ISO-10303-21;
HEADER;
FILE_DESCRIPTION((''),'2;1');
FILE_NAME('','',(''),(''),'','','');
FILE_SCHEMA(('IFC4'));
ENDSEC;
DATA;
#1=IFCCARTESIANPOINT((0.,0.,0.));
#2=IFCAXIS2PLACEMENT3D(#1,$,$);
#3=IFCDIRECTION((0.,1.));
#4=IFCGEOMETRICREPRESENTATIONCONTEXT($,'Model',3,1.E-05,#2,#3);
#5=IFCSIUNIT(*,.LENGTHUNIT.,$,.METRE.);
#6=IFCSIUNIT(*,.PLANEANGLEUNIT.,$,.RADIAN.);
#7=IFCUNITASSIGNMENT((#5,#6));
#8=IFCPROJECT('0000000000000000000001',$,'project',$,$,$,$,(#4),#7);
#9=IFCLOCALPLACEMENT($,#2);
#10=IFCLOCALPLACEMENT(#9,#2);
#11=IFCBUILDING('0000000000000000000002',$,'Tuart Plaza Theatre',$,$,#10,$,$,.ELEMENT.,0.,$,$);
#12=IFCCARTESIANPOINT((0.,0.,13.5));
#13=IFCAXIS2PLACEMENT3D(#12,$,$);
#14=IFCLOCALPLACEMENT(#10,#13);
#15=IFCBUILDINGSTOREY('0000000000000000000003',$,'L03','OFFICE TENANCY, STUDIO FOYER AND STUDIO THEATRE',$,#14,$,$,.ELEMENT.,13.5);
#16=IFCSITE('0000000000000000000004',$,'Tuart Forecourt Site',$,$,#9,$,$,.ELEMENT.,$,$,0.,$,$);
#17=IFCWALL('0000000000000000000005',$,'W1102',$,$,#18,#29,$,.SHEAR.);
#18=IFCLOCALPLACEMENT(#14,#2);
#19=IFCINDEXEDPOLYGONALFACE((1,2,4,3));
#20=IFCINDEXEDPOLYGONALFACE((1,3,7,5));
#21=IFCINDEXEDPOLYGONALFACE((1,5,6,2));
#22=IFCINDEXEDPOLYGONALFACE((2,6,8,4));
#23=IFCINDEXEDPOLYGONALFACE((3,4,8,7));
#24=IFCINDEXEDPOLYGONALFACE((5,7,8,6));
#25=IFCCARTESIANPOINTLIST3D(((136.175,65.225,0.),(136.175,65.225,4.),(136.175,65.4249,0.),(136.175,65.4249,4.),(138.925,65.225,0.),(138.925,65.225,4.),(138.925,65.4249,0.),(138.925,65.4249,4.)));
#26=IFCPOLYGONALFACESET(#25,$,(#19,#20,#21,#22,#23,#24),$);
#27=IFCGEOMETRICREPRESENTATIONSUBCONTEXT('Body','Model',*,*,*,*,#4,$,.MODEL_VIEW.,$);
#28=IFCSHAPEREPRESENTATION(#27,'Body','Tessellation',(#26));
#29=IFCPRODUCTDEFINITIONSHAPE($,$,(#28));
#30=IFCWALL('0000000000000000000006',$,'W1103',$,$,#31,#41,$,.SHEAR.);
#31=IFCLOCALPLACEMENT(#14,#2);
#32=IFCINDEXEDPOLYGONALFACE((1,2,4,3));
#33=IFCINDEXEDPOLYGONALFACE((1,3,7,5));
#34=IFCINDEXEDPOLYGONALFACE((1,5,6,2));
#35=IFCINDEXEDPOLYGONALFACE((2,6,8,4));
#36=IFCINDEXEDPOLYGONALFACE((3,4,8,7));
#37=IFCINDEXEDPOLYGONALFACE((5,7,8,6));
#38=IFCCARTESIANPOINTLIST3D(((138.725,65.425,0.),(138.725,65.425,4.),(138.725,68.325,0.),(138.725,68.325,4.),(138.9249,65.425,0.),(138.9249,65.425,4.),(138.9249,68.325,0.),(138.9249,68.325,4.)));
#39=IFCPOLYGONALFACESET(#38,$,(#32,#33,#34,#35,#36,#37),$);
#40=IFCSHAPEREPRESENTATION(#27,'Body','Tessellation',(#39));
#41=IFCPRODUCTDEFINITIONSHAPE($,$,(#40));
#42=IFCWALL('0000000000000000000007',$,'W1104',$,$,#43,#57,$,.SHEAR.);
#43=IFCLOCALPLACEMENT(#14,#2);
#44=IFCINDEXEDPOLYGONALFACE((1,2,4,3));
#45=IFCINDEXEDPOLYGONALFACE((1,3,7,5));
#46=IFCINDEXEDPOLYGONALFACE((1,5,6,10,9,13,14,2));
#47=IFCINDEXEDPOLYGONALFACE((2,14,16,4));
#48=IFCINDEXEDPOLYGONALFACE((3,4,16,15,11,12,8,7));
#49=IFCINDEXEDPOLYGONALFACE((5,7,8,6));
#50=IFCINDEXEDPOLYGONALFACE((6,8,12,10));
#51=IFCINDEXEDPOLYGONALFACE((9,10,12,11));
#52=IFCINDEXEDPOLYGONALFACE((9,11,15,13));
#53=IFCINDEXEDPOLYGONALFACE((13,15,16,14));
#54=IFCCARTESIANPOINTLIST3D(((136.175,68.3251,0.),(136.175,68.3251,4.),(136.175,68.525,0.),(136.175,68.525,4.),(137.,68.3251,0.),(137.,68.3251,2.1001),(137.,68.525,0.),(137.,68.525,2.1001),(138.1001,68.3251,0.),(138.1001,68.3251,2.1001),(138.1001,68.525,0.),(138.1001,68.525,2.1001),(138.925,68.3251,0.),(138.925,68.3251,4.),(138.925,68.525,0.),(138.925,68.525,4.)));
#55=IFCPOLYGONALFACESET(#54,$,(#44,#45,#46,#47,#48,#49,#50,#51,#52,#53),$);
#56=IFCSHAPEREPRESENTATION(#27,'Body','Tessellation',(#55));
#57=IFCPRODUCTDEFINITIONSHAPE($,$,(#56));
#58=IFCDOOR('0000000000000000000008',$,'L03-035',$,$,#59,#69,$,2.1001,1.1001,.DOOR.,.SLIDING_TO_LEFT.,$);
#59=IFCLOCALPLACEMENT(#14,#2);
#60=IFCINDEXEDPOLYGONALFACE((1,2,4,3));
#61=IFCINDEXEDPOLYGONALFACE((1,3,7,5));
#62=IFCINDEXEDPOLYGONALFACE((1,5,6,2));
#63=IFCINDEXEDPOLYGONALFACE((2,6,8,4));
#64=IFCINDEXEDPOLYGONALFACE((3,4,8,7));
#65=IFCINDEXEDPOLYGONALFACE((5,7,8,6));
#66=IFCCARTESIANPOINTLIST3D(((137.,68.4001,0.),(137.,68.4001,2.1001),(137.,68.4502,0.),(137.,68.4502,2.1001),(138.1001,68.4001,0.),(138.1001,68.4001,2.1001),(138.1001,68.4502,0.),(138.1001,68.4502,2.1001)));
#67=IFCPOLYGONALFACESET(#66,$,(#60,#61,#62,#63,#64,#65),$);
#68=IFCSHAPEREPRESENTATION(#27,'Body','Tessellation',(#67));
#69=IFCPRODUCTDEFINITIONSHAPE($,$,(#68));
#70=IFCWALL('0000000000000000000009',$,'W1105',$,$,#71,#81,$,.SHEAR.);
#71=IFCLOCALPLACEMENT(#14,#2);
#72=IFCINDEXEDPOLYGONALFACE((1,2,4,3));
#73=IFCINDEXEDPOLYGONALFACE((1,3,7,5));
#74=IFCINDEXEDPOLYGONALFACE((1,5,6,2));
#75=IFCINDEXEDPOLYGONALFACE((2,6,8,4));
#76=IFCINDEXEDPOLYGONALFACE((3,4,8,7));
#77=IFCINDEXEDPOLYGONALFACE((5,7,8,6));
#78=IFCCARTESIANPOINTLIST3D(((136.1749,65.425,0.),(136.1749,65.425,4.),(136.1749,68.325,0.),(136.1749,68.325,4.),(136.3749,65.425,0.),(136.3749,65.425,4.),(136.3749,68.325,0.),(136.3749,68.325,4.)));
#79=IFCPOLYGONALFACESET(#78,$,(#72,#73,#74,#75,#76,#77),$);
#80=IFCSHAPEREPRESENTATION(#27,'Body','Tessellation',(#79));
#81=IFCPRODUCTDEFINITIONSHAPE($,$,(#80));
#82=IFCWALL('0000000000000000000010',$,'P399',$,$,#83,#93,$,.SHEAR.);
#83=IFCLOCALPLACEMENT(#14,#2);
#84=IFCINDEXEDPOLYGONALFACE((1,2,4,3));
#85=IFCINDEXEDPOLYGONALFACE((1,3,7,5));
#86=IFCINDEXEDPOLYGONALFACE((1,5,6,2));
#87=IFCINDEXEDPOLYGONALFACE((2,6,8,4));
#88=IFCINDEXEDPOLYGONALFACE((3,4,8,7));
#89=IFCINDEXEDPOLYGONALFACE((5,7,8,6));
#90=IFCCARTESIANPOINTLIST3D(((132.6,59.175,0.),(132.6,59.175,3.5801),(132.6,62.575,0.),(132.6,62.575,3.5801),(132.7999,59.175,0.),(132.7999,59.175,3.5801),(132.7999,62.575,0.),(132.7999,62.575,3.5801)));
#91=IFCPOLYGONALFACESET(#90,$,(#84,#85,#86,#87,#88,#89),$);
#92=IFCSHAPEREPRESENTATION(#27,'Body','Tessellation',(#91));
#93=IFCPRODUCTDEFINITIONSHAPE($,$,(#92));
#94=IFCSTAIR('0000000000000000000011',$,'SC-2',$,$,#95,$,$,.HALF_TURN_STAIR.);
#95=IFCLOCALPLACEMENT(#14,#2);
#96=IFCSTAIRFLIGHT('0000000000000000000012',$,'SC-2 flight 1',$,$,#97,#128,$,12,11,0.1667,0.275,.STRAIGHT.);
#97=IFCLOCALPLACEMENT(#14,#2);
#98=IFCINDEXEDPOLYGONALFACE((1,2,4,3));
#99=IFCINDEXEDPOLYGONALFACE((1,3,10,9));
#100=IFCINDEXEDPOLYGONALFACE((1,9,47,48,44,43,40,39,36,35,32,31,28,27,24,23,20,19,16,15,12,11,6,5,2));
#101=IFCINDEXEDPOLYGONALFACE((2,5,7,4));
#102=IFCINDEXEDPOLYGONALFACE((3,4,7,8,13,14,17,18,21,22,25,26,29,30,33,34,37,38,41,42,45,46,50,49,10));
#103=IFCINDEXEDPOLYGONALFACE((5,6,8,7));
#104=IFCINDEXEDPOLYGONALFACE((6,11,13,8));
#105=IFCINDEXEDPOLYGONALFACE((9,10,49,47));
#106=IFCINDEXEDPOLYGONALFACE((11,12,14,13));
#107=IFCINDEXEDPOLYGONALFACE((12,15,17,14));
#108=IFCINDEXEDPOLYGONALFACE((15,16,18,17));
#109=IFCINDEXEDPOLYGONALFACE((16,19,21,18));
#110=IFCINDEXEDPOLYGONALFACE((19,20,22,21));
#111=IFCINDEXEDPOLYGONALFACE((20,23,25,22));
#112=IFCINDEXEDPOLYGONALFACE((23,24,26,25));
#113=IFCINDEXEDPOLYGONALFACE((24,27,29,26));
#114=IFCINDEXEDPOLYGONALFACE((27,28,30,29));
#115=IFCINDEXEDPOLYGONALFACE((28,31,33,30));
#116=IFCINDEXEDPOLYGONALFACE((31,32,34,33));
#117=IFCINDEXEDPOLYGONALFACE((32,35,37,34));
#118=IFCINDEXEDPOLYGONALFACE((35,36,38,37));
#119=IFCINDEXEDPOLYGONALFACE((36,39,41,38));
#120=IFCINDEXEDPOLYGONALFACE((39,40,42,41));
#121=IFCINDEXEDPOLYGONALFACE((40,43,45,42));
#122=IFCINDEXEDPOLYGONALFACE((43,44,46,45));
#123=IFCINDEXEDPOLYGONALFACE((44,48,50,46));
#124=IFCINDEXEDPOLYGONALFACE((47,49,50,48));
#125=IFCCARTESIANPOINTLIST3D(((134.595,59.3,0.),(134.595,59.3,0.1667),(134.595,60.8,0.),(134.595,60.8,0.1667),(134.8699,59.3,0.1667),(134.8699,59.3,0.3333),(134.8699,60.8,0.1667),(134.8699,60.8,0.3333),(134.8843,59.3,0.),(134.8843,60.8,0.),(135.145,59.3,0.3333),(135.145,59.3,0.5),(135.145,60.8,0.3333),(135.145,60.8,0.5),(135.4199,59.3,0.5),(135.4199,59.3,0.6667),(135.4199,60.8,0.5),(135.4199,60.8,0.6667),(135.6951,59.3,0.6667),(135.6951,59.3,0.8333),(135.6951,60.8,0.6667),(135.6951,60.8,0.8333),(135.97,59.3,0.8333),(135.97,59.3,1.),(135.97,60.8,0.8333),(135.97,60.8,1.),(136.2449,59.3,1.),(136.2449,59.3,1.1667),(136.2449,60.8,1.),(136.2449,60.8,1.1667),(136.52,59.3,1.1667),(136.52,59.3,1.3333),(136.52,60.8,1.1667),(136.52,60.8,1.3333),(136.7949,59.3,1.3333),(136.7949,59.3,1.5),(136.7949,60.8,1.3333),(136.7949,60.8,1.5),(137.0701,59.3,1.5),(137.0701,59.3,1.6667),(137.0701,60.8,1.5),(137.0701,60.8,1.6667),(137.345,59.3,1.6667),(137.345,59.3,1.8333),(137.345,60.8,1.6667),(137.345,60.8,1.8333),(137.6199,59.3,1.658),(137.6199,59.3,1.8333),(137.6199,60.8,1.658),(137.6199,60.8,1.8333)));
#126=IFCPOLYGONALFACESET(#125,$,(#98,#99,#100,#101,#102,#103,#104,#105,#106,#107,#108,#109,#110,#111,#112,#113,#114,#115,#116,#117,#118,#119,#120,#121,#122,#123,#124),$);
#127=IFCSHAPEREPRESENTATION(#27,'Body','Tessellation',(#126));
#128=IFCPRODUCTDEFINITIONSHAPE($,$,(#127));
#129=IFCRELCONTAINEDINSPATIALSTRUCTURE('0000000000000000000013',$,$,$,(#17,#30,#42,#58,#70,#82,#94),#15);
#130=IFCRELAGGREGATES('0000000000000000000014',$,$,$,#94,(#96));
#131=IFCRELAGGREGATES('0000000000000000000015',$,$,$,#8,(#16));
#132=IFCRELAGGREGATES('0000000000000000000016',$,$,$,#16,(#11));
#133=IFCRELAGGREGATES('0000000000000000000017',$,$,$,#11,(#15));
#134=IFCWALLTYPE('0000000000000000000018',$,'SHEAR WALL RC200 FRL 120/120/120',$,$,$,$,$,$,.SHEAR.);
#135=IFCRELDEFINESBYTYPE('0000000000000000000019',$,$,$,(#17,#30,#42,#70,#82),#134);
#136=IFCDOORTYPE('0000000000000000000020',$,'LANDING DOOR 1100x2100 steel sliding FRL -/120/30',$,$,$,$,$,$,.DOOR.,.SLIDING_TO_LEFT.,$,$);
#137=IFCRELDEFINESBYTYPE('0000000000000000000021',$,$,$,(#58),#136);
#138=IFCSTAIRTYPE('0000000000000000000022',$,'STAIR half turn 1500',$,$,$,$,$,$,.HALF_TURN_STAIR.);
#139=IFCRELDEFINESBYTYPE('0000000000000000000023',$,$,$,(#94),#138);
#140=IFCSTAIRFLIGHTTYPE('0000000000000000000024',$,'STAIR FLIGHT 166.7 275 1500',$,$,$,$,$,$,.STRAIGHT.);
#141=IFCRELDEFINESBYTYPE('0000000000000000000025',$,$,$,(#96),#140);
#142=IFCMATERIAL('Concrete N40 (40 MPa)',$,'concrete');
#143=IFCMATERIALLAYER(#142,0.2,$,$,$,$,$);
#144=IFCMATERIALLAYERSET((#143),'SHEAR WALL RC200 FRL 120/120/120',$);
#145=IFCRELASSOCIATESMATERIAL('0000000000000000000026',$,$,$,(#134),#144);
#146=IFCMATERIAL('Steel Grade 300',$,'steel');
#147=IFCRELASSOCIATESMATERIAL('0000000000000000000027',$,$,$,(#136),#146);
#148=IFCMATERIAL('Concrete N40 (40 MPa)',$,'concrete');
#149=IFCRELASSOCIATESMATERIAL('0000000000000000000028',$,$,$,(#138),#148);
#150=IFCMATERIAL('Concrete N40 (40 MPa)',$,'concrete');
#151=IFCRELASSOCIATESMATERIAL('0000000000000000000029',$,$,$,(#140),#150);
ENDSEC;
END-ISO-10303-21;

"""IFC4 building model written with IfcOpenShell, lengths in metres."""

from ifc_helpers import new_model, si_unit, direction, frame, frame_2d, origin, place, context, subcontext, project, spatial, polyline, rectangle, outline, extrude, material, layer, layer_set, type_object, element, fill, aggregate, save


model = new_model("IFC4")

# Units and contexts
model_context = context("Model", 3, precision=1e-05, world=origin(), true_north=direction((0.0, 1.0)))
body_context = subcontext(model_context, "Body", "Model", "MODEL_VIEW")
ifc_project = project(units=[si_unit("LENGTHUNIT", "METRE"), si_unit("PLANEANGLEUNIT", "RADIAN")], contexts=[model_context])

# Site, building, storey
site_placement = place(None, origin())
site = spatial("IfcSite", under=ifc_project, at=site_placement, Name="Tuart Forecourt Site", CompositionType="ELEMENT", RefElevation=0.0)
building_placement = place(site_placement, origin())
building = spatial("IfcBuilding", under=site, at=building_placement, Name="Tuart Plaza Theatre", CompositionType="ELEMENT", ElevationOfRefHeight=0.0)
storey_placement = place(building_placement, frame((0.0, 0.0, 13.5)))
storey = spatial("IfcBuildingStorey", under=building, at=storey_placement, Name="L03", Description="OFFICE TENANCY, STUDIO FOYER AND STUDIO THEATRE", CompositionType="ELEMENT", Elevation=13.5)

# Shared definitions
ifc_material_1 = material(Name="Concrete N40 (40 MPa)", Category="concrete")
ifc_layer_1 = layer(ifc_material_1, 0.2)
ifc_layer_set_1 = layer_set([ifc_layer_1], Name="SHEAR WALL RC200 FRL 120/120/120")
wall_type_1 = type_object("IfcWallType", Name="SHEAR WALL RC200 FRL 120/120/120", PredefinedType="SHEAR", material=ifc_layer_set_1)

# Shared definitions
ifc_material_2 = material(Name="Steel Grade 300", Category="steel")
door_type_1 = type_object("IfcDoorType", Name="LANDING DOOR 1100x2100 steel sliding FRL -/120/30", OperationType="SLIDING_TO_LEFT", PredefinedType="DOOR", material=ifc_material_2)

# Walls
wall_1_placement = place(storey_placement, frame((136.175, 65.325, 0.0), z_axis=(0.0, 0.0, 1.0), x_axis=(1.0, 0.0, 0.0)))
element("IfcWall", 1, at=wall_1_placement, inside=storey, type_object=wall_type_1, Name="W1102", PredefinedType="SHEAR", context=body_context, shape_type="SweptSolid", body=[
    extrude(rectangle(XDim=2.75, YDim=0.2, at=frame_2d((1.375, 0.0))), origin(), (0.0, 0.0, 1.0), 4.0),
])
wall_2_placement = place(storey_placement, frame((138.825, 65.425, 0.0), z_axis=(0.0, 0.0, 1.0), x_axis=(0.0, 1.0, 0.0)))
element("IfcWall", 2, at=wall_2_placement, inside=storey, type_object=wall_type_1, Name="W1103", PredefinedType="SHEAR", context=body_context, shape_type="SweptSolid", body=[
    extrude(rectangle(XDim=2.8999, YDim=0.2, at=frame_2d((1.45, 0.0))), origin(), (0.0, 0.0, 1.0), 4.0),
])

# Wall, opening, door
wall_3_placement = place(storey_placement, frame((138.925, 68.425, 0.0), z_axis=(0.0, 0.0, 1.0), x_axis=(-1.0, 0.0, 0.0)))
wall_3 = element("IfcWall", 3, at=wall_3_placement, inside=storey, type_object=wall_type_1, Name="W1104", PredefinedType="SHEAR", context=body_context, shape_type="SweptSolid", body=[
    extrude(rectangle(XDim=2.75, YDim=0.2, at=frame_2d((1.375, 0.0))), origin(), (0.0, 0.0, 1.0), 4.0),
])
opening_1_placement = place(wall_3_placement, frame((0.825, 0.0, 0.0)))
opening_1 = element("IfcOpeningElement", 4, at=opening_1_placement, cuts=wall_3, PredefinedType="OPENING", context=body_context, shape_type="SweptSolid", body=[
    extrude(rectangle(XDim=1.1001, YDim=2.1001, at=frame_2d((0.55, 1.05))), frame((0.0, 0.1099, 0.0), z_axis=(0.0, -1.0, 0.0), x_axis=(1.0, 0.0, 0.0)), (0.0, 0.0, 1.0), 0.22),
])
door_1_placement = place(opening_1_placement, origin())
door_1 = element("IfcDoor", 5, at=door_1_placement, inside=storey, type_object=door_type_1, Name="L03-035", OperationType="SLIDING_TO_LEFT", OverallHeight=2.1001, OverallWidth=1.1001, PredefinedType="DOOR", context=body_context, shape_type="SweptSolid", body=[
    extrude(rectangle(XDim=1.1001, YDim=2.1001, at=frame_2d((0.55, 1.05))), frame((0.0, 0.0249, 0.0), z_axis=(0.0, -1.0, 0.0), x_axis=(1.0, 0.0, 0.0)), (0.0, 0.0, 1.0), 0.05),
])
fill(opening_1, door_1)

# Walls
wall_4_placement = place(storey_placement, frame((136.2749, 68.325, 0.0), z_axis=(0.0, 0.0, 1.0), x_axis=(0.0, -1.0, 0.0)))
element("IfcWall", 6, at=wall_4_placement, inside=storey, type_object=wall_type_1, Name="W1105", PredefinedType="SHEAR", context=body_context, shape_type="SweptSolid", body=[
    extrude(rectangle(XDim=2.8999, YDim=0.2, at=frame_2d((1.45, 0.0))), origin(), (0.0, 0.0, 1.0), 4.0),
])
wall_5_placement = place(storey_placement, frame((132.7, 62.575, 0.0), z_axis=(0.0, 0.0, 1.0), x_axis=(0.0, -1.0, 0.0)))
element("IfcWall", 7, at=wall_5_placement, inside=storey, type_object=wall_type_1, Name="P399", PredefinedType="SHEAR", context=body_context, shape_type="SweptSolid", body=[
    extrude(rectangle(XDim=3.3999, YDim=0.2, at=frame_2d((1.7, 0.0))), origin(), (0.0, 0.0, 1.0), 3.5801),
])

# Stair, stair flight
ifc_material_3 = material(Name="Concrete N40 (40 MPa)", Category="concrete")
stair_type = type_object("IfcStairType", Name="STAIR half turn 1500", PredefinedType="HALF_TURN_STAIR", material=ifc_material_3)
stair_placement = place(storey_placement, origin())
stair = element("IfcStair", 8, at=stair_placement, inside=storey, type_object=stair_type, Name="SC-2", PredefinedType="HALF_TURN_STAIR")
ifc_material_4 = material(Name="Concrete N40 (40 MPa)", Category="concrete")
stair_flight_type = type_object("IfcStairFlightType", Name="STAIR FLIGHT 166.7 275 1500", PredefinedType="STRAIGHT", material=ifc_material_4)
stair_flight_placement = place(storey_placement, frame((134.595, 60.05, 0.0), z_axis=(0.0, 0.0, 1.0), x_axis=(1.0, 0.0, 0.0)))
stair_flight = element("IfcStairFlight", 9, at=stair_flight_placement, type_object=stair_flight_type, Name="SC-2 flight 1", NumberOfRisers=12, NumberOfTreads=11, PredefinedType="STRAIGHT", RiserHeight=0.1667, TreadLength=0.275, context=body_context, shape_type="SweptSolid", body=[
    extrude(outline(polyline([(0.0, 0.0), (0.0, 0.1667), (0.2749, 0.1667), (0.2749, 0.3333), (0.55, 0.3333), (0.55, 0.5), (0.825, 0.5), (0.825, 0.6667), (1.1001, 0.6667), (1.1001, 0.8333), (1.375, 0.8333), (1.375, 1.0), (1.6499, 1.0), (1.6499, 1.1667), (1.925, 1.1667), (1.925, 1.3333), (2.2, 1.3333), (2.2, 1.5), (2.4751, 1.5), (2.4751, 1.6667), (2.75, 1.6667), (2.75, 1.8333), (3.0249, 1.8333), (3.0249, 2.0), (3.0249, 1.658), (0.2893, 0.0), (0.0, 0.0)])), frame((0.0, 0.75, 0.0), z_axis=(0.0, -1.0, 0.0), x_axis=(1.0, 0.0, 0.0)), (0.0, 0.0, 1.0), 1.5),
])
aggregate(stair, [stair_flight])

save(model, "model.ifc")
